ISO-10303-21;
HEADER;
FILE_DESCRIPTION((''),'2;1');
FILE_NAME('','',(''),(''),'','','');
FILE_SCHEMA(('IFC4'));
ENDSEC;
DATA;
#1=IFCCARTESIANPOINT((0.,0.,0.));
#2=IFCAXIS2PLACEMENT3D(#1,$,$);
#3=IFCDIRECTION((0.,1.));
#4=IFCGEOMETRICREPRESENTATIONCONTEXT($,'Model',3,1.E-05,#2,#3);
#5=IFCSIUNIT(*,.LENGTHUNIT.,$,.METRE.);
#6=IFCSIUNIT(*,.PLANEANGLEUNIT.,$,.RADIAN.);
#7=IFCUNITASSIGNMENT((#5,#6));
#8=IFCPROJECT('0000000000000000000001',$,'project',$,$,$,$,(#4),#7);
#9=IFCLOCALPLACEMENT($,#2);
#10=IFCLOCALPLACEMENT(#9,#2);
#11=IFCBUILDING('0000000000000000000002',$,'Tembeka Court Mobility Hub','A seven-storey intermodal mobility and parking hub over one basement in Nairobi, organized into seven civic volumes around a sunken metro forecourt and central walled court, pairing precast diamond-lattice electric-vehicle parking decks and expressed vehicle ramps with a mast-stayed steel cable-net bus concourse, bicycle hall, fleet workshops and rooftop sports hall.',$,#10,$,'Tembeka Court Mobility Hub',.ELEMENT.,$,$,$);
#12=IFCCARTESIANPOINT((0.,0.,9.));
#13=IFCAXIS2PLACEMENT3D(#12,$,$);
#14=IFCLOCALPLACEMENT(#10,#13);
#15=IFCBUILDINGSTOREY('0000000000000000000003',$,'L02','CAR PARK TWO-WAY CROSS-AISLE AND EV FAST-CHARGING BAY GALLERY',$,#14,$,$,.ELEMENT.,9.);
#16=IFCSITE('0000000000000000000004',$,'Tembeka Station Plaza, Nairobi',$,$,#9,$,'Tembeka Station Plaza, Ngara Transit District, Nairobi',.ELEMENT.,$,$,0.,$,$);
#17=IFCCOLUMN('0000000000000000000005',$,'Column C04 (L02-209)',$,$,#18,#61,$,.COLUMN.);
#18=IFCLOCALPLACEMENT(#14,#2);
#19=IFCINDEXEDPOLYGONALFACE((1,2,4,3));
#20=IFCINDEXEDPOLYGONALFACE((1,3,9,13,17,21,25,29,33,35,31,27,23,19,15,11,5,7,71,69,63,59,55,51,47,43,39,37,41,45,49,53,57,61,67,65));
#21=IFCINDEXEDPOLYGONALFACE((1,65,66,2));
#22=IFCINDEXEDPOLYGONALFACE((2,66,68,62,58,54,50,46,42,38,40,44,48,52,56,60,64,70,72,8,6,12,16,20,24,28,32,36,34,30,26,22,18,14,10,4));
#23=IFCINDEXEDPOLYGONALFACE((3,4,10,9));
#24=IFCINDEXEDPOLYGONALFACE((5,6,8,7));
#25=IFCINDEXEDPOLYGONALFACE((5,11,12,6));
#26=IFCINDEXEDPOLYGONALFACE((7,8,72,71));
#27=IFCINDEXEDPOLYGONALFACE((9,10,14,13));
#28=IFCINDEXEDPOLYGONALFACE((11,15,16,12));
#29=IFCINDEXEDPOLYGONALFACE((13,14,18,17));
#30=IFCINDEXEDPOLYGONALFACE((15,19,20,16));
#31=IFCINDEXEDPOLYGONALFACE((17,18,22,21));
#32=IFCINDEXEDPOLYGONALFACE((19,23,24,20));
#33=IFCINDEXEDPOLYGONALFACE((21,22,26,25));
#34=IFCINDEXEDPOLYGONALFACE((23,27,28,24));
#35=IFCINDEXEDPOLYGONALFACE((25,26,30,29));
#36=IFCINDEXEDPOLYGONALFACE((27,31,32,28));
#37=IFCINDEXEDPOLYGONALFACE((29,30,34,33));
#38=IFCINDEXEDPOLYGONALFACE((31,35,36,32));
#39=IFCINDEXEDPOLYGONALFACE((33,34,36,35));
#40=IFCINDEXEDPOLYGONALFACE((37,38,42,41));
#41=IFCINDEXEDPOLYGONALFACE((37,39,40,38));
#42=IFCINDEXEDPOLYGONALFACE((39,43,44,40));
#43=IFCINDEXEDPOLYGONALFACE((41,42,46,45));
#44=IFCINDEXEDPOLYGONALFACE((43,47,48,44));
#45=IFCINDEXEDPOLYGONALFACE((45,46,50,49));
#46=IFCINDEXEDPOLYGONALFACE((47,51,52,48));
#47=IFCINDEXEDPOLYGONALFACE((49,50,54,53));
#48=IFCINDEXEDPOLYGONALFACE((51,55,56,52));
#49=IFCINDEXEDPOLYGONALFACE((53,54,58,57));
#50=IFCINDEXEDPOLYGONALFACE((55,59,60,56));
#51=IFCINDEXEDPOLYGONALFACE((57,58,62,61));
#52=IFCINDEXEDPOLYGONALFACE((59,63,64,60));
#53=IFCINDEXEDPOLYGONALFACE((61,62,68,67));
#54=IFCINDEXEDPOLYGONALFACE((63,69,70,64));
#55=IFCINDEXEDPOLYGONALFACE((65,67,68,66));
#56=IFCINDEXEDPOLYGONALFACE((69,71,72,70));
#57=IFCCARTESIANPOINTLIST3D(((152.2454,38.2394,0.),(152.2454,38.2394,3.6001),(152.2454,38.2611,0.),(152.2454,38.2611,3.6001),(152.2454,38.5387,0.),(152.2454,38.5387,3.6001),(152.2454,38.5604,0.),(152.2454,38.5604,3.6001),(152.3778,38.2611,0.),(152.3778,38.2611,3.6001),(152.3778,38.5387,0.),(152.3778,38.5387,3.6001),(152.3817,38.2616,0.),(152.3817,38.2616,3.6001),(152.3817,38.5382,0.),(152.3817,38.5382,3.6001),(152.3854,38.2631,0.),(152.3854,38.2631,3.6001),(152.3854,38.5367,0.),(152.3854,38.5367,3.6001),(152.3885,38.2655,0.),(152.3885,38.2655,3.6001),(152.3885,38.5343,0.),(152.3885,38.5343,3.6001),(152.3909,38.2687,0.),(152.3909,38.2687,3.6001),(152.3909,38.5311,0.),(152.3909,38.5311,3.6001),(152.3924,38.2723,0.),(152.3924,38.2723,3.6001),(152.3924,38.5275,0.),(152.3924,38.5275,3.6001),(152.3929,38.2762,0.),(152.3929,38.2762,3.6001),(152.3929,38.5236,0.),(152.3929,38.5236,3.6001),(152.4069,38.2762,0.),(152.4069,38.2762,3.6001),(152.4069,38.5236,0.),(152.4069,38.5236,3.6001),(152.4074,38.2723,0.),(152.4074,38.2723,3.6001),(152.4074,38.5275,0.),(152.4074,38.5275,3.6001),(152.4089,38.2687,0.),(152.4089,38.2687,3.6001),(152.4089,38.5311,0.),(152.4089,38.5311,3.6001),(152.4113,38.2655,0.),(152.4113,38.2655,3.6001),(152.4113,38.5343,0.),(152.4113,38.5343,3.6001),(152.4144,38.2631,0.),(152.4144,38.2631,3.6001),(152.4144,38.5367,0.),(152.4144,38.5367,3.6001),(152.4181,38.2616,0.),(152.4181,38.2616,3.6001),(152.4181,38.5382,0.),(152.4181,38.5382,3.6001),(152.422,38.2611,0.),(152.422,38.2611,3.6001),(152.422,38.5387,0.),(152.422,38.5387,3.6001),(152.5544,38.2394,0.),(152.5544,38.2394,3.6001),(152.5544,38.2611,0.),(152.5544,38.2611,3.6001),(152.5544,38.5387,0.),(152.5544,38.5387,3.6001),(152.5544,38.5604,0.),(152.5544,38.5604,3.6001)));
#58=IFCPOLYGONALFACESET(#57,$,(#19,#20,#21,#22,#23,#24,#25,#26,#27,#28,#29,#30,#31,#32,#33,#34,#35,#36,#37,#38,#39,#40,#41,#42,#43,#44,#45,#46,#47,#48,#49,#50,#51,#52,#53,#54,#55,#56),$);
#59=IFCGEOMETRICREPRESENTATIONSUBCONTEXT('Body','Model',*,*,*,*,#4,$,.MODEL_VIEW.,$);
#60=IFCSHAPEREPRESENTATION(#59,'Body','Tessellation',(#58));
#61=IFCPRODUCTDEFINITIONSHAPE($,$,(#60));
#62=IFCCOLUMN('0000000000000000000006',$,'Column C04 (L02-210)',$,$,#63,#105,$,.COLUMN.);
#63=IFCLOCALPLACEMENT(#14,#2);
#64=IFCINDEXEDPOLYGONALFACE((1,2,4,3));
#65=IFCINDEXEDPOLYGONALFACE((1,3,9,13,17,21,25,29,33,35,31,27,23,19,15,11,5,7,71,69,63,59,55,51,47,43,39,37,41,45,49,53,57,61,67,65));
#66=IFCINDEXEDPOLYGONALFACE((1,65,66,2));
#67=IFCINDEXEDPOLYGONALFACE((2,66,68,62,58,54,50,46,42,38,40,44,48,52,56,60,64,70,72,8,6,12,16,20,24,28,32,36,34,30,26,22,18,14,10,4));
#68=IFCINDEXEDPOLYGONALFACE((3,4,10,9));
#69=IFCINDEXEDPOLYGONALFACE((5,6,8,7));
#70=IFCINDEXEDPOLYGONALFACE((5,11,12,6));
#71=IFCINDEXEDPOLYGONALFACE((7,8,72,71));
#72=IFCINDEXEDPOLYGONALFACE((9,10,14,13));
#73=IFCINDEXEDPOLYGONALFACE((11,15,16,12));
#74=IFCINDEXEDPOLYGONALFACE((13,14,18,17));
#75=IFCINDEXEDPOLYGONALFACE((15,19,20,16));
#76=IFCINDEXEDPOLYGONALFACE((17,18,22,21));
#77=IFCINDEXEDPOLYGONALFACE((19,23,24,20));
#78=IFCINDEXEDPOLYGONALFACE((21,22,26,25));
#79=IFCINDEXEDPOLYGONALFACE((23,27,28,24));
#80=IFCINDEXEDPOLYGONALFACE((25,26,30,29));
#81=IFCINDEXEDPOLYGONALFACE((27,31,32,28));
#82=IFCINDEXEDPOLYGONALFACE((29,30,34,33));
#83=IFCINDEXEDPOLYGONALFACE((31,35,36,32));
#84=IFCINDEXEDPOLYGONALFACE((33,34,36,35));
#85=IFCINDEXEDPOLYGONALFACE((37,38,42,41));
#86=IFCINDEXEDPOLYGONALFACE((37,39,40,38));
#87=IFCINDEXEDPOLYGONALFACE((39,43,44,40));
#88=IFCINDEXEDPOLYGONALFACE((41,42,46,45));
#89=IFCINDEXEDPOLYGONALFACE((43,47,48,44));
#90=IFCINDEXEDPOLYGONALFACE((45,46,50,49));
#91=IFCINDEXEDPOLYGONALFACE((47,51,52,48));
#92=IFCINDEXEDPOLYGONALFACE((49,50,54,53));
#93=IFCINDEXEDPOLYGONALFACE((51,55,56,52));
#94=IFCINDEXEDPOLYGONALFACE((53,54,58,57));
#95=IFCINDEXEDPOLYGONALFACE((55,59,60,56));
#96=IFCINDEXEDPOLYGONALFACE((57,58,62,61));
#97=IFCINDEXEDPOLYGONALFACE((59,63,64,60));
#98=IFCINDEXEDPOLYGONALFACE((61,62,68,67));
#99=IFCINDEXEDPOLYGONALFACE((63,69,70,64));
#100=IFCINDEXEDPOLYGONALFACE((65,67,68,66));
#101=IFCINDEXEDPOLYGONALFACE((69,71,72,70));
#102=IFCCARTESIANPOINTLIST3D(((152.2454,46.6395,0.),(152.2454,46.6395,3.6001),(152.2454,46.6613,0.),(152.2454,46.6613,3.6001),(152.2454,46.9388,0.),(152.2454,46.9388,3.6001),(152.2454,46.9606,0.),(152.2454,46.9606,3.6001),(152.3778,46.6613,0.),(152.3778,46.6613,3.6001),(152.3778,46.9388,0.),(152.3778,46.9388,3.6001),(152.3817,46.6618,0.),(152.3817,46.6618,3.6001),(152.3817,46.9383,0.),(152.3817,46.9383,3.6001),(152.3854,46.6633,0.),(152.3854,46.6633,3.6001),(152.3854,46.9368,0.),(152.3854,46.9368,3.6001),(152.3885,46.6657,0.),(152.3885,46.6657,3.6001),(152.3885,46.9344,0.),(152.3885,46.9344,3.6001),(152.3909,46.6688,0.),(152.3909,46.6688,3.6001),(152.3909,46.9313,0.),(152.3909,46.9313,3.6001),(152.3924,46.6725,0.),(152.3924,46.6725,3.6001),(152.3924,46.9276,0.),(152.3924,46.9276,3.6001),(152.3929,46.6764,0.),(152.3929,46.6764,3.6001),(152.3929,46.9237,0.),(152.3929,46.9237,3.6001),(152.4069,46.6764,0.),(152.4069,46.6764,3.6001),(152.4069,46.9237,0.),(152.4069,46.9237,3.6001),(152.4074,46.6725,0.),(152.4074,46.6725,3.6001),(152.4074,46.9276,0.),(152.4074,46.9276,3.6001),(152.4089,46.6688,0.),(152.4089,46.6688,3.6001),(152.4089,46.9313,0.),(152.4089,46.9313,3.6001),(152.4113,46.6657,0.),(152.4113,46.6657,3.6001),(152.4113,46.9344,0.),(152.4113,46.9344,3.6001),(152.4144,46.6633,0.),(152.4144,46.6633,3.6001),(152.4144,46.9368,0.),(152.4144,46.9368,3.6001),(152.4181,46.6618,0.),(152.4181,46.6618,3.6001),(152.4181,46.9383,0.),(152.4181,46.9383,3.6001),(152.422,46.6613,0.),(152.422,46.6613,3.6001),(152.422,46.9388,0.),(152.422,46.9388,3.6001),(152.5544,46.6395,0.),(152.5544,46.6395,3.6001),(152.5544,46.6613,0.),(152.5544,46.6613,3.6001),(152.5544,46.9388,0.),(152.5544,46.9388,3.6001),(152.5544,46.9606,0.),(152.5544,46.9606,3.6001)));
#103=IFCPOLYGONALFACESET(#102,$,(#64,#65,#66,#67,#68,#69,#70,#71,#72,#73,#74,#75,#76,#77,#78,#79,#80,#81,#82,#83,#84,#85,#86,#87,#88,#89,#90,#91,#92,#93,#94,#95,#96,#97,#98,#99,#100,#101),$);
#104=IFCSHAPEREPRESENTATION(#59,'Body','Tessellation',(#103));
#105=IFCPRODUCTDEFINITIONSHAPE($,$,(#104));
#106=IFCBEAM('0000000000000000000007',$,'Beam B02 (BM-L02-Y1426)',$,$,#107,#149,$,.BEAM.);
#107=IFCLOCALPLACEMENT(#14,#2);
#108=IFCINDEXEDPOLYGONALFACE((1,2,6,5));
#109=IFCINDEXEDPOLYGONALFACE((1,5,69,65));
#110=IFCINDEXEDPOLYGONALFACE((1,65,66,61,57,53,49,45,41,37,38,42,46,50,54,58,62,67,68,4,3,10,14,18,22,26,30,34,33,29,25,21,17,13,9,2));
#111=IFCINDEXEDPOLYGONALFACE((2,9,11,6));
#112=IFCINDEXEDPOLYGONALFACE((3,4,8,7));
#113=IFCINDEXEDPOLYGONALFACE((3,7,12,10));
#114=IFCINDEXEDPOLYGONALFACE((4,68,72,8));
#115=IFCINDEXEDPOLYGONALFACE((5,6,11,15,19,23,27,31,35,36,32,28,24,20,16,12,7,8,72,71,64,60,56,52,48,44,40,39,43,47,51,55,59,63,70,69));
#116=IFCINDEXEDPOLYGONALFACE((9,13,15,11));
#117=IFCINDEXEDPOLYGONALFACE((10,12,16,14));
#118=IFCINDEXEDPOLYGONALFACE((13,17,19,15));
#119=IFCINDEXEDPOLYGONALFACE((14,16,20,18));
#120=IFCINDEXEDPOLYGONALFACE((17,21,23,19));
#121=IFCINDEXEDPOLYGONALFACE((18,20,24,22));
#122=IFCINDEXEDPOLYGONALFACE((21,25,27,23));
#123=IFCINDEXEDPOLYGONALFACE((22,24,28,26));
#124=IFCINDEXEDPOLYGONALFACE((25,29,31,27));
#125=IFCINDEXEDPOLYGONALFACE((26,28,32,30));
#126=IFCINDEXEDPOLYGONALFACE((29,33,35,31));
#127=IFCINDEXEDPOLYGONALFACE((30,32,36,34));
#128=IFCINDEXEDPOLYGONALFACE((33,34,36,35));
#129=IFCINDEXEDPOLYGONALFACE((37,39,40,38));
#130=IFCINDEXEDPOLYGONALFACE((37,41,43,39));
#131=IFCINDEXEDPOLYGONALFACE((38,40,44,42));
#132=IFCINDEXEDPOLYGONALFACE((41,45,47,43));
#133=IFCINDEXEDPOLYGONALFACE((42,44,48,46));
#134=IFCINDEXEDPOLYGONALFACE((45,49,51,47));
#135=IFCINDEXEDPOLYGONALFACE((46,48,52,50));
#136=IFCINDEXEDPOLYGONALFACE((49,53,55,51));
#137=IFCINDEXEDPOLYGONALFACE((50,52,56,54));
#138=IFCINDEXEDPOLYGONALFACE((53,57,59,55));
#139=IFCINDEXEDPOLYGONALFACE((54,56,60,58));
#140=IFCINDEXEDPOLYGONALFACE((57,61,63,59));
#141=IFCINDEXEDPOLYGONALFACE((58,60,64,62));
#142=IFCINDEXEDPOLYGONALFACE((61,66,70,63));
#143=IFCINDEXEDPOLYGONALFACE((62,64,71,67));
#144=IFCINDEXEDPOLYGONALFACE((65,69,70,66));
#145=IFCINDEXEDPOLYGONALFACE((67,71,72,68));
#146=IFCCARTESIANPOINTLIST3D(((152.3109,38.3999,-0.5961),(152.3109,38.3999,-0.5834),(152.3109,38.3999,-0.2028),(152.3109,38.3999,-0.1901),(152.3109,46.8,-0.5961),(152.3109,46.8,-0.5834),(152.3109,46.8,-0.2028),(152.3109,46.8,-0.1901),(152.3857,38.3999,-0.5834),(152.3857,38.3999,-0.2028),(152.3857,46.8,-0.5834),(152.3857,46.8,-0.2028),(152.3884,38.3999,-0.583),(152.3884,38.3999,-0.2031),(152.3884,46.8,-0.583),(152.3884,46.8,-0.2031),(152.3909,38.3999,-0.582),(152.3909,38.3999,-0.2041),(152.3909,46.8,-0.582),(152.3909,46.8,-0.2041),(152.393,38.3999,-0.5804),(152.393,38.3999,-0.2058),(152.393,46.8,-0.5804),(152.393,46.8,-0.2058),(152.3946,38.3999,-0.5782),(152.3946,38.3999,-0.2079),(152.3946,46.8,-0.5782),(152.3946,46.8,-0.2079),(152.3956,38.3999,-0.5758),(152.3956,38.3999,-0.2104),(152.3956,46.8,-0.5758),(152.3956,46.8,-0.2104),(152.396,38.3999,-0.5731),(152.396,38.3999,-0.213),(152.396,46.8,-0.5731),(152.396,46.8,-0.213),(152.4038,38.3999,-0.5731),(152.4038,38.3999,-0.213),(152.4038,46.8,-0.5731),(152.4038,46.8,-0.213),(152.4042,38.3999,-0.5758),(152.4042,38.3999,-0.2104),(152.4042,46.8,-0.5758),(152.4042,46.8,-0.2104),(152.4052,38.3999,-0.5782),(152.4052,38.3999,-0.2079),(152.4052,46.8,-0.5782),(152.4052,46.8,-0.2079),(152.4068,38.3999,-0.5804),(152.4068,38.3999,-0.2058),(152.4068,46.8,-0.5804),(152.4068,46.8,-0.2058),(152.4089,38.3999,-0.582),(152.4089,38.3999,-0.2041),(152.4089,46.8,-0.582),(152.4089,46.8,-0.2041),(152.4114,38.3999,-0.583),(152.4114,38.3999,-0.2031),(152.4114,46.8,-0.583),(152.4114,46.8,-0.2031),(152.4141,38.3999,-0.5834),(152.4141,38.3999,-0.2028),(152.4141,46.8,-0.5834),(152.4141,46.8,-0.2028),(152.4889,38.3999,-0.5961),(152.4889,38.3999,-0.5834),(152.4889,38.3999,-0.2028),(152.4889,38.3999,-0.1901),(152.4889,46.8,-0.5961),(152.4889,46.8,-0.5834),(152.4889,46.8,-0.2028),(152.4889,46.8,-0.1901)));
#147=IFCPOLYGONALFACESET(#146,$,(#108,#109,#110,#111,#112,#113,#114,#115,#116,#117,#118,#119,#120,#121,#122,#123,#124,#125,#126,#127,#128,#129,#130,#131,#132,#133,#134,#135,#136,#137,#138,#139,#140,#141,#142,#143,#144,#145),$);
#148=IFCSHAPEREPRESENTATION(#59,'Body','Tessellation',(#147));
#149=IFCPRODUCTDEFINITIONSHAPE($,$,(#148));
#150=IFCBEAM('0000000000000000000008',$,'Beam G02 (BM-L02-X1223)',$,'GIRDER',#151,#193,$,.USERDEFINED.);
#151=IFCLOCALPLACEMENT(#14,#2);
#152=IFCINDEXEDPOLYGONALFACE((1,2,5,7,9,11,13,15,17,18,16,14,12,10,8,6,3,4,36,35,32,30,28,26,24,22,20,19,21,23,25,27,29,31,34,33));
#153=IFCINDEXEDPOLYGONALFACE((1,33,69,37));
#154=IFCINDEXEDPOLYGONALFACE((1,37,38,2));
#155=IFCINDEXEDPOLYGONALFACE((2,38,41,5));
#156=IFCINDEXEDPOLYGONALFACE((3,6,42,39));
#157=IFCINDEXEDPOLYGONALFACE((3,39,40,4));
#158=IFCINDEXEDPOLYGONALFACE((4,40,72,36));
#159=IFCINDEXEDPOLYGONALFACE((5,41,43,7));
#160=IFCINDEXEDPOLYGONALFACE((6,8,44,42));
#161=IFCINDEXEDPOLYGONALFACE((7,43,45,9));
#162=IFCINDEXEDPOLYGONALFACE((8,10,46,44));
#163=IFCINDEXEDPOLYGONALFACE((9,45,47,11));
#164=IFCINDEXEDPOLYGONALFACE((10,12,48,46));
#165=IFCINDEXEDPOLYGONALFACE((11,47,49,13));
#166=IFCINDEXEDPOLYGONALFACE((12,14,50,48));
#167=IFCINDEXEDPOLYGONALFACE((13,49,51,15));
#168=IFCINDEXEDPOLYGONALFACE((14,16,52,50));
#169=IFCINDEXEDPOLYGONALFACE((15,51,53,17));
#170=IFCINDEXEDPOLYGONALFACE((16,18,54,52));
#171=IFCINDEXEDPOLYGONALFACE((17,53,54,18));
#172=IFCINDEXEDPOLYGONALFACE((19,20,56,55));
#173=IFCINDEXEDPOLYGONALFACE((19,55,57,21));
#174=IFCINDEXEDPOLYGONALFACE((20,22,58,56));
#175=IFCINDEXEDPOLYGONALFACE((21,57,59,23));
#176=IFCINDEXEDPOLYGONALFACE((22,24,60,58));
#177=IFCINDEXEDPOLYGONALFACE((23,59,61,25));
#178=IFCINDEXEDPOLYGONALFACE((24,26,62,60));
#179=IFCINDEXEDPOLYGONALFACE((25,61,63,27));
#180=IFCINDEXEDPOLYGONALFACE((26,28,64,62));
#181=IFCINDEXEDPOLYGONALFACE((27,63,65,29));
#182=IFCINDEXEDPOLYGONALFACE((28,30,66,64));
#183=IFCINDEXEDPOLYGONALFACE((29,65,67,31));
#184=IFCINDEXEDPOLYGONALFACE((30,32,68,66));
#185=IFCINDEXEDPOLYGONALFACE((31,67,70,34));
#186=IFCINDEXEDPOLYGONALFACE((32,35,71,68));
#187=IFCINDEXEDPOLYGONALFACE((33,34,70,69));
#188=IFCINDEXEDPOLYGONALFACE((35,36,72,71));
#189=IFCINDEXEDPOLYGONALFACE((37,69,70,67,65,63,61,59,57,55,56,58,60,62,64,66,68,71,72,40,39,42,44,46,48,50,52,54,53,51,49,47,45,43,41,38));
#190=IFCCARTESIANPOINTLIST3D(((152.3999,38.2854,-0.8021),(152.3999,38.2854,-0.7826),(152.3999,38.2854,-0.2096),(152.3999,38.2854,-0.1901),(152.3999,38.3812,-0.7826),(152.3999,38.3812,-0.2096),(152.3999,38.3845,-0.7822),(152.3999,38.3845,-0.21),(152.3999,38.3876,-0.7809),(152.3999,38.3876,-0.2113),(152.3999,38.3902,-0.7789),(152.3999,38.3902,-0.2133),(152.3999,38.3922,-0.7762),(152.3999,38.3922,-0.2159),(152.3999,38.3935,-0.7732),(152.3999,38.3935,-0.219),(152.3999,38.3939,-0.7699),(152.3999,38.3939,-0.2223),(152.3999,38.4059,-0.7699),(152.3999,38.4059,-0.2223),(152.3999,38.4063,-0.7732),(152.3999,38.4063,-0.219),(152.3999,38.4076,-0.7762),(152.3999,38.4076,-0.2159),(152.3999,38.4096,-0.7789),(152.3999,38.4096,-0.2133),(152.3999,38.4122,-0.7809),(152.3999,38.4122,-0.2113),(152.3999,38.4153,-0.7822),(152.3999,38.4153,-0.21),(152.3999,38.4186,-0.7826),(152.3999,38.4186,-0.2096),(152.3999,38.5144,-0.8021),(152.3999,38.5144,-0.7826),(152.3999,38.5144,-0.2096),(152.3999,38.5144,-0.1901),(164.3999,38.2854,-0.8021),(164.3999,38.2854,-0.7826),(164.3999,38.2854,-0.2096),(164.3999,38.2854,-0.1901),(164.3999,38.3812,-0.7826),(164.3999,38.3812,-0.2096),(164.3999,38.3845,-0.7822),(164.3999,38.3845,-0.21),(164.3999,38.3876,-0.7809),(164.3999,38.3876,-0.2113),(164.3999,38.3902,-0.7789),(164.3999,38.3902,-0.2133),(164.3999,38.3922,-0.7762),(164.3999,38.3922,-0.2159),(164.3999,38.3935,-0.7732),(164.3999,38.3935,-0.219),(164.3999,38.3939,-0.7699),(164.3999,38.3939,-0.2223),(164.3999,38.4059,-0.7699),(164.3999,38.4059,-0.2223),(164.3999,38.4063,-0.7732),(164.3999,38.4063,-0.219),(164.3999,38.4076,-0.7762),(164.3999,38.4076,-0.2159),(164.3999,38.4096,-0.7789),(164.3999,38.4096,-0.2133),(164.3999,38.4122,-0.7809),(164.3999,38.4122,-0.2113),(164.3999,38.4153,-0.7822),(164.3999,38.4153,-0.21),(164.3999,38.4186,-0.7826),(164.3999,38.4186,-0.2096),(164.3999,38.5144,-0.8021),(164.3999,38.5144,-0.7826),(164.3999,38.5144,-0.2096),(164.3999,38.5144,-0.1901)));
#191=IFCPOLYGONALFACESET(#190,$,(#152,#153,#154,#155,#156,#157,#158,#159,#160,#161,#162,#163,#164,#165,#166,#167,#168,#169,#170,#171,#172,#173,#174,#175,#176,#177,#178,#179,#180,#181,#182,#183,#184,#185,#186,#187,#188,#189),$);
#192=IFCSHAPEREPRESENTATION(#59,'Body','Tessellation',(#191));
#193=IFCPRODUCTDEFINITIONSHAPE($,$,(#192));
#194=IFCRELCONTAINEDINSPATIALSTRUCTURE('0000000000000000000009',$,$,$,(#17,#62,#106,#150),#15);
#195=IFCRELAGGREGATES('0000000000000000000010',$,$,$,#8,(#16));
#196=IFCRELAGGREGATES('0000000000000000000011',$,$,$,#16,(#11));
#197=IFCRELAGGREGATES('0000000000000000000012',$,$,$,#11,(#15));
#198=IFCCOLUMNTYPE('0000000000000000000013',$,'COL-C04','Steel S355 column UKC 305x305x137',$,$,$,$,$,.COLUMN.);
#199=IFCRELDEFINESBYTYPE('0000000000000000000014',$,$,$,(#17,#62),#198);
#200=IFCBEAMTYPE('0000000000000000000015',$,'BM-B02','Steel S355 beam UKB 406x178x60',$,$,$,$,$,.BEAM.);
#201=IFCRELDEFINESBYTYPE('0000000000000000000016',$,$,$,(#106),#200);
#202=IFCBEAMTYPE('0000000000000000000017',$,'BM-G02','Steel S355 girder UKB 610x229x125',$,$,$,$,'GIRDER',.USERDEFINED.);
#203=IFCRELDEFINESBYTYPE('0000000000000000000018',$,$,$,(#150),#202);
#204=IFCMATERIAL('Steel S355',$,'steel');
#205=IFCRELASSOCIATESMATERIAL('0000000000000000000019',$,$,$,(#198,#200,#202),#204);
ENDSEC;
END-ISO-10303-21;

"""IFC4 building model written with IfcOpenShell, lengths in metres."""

from ifc_helpers import new_model, si_unit, direction, frame, origin, origin_2d, place, context, subcontext, project, spatial, i_section, extrude, material, material_profile, profile_set, type_object, element, save


model = new_model("IFC4")

# Units and contexts
model_context = context("Model", 3, precision=1e-05, world=origin(), true_north=direction((0.0, 1.0)))
body_context = subcontext(model_context, "Body", "Model", "MODEL_VIEW")
ifc_project = project(units=[si_unit("LENGTHUNIT", "METRE"), si_unit("PLANEANGLEUNIT", "RADIAN")], contexts=[model_context])

# Site, building, storey
site_placement = place(None, origin())
site = spatial("IfcSite", under=ifc_project, at=site_placement, Name="Tembeka Station Plaza, Nairobi", LongName="Tembeka Station Plaza, Ngara Transit District, Nairobi", CompositionType="ELEMENT", RefElevation=0.0)
building_placement = place(site_placement, origin())
building = spatial("IfcBuilding", under=site, at=building_placement, Name="Tembeka Court Mobility Hub", Description="A seven-storey intermodal mobility and parking hub over one basement in Nairobi, organized into seven civic volumes around a sunken metro forecourt and central walled court, pairing precast diamond-lattice electric-vehicle parking decks and expressed vehicle ramps with a mast-stayed steel cable-net bus concourse, bicycle hall, fleet workshops and rooftop sports hall.", LongName="Tembeka Court Mobility Hub", CompositionType="ELEMENT")
storey_placement = place(building_placement, frame((0.0, 0.0, 9.0)))
storey = spatial("IfcBuildingStorey", under=building, at=storey_placement, Name="L02", Description="CAR PARK TWO-WAY CROSS-AISLE AND EV FAST-CHARGING BAY GALLERY", CompositionType="ELEMENT", Elevation=9.0)

# Columns
ifc_material_1 = material(Name="Steel S355", Category="steel")
ifc_material_profile_1 = material_profile(ifc_material_1, i_section(OverallWidth=0.3091, OverallDepth=0.321, WebThickness=0.0139, FlangeThickness=0.0217, FilletRadius=0.0151, at=origin_2d()), Name="UKC 305x305x137")
ifc_profile_set_1 = profile_set([ifc_material_profile_1], Name="Steel S355")
column_type = type_object("IfcColumnType", Name="COL-C04", Description="Steel S355 column UKC 305x305x137", PredefinedType="COLUMN", material=ifc_profile_set_1)
for number, where, z_axis, x_axis, name in (
    (1, (152.3999, 38.3999, 0.0), (0.0, 0.0, 1.0), (1.0, 0.0, 0.0), "Column C04 (L02-209)"),
    (2, (152.3999, 46.8, 0.0), (0.0, 0.0, 1.0), (1.0, 0.0, 0.0), "Column C04 (L02-210)"),
):
    element("IfcColumn", number, at=place(storey_placement, frame(where, z_axis=z_axis, x_axis=x_axis)), inside=storey, type_object=column_type, Name=name, PredefinedType="COLUMN", context=body_context, shape_type="SweptSolid", body=[
        extrude(i_section(OverallWidth=0.3091, OverallDepth=0.321, WebThickness=0.0139, FlangeThickness=0.0217, FilletRadius=0.0151, at=origin_2d()), origin(), (0.0, 0.0, 1.0), 3.6001),
    ])

# Beams
ifc_material_profile_2 = material_profile(ifc_material_1, i_section(OverallWidth=0.178, OverallDepth=0.406, WebThickness=0.0078, FlangeThickness=0.0127, FilletRadius=0.0103, at=origin_2d()), Name="UKB 406x178x60")
ifc_profile_set_2 = profile_set([ifc_material_profile_2], Name="Steel S355")
beam_type_1 = type_object("IfcBeamType", Name="BM-B02", Description="Steel S355 beam UKB 406x178x60", PredefinedType="BEAM", material=ifc_profile_set_2)
beam_1_placement = place(storey_placement, frame((152.3999, 38.3999, -0.3931), z_axis=(0.0, 1.0, 0.0), x_axis=(-1.0, 0.0, 0.0)))
element("IfcBeam", 3, at=beam_1_placement, inside=storey, type_object=beam_type_1, Name="Beam B02 (BM-L02-Y1426)", PredefinedType="BEAM", context=body_context, shape_type="SweptSolid", body=[
    extrude(i_section(OverallWidth=0.178, OverallDepth=0.406, WebThickness=0.0078, FlangeThickness=0.0127, FilletRadius=0.0103, at=origin_2d()), origin(), (0.0, 0.0, 1.0), 8.4001),
])
ifc_material_profile_3 = material_profile(ifc_material_1, i_section(OverallWidth=0.229, OverallDepth=0.6121, WebThickness=0.012, FlangeThickness=0.0195, FilletRadius=0.0127, at=origin_2d()), Name="UKB 610x229x125")
ifc_profile_set_3 = profile_set([ifc_material_profile_3], Name="Steel S355")
beam_type_2 = type_object("IfcBeamType", Name="BM-G02", Description="Steel S355 girder UKB 610x229x125", ElementType="GIRDER", PredefinedType="USERDEFINED", material=ifc_profile_set_3)
for number, where, z_axis, x_axis, name in (
    (4, (152.3999, 38.3999, -0.4961), (1.0, 0.0, 0.0), (0.0, 1.0, 0.0), "Beam G02 (BM-L02-X1223)"),
):
    element("IfcBeam", number, at=place(storey_placement, frame(where, z_axis=z_axis, x_axis=x_axis)), inside=storey, type_object=beam_type_2, Name=name, ObjectType="GIRDER", PredefinedType="USERDEFINED", context=body_context, shape_type="SweptSolid", body=[
        extrude(i_section(OverallWidth=0.229, OverallDepth=0.6121, WebThickness=0.012, FlangeThickness=0.0195, FilletRadius=0.0127, at=origin_2d()), origin(), (0.0, 0.0, 1.0), 12.0),
    ])

save(model, "model.ifc")
